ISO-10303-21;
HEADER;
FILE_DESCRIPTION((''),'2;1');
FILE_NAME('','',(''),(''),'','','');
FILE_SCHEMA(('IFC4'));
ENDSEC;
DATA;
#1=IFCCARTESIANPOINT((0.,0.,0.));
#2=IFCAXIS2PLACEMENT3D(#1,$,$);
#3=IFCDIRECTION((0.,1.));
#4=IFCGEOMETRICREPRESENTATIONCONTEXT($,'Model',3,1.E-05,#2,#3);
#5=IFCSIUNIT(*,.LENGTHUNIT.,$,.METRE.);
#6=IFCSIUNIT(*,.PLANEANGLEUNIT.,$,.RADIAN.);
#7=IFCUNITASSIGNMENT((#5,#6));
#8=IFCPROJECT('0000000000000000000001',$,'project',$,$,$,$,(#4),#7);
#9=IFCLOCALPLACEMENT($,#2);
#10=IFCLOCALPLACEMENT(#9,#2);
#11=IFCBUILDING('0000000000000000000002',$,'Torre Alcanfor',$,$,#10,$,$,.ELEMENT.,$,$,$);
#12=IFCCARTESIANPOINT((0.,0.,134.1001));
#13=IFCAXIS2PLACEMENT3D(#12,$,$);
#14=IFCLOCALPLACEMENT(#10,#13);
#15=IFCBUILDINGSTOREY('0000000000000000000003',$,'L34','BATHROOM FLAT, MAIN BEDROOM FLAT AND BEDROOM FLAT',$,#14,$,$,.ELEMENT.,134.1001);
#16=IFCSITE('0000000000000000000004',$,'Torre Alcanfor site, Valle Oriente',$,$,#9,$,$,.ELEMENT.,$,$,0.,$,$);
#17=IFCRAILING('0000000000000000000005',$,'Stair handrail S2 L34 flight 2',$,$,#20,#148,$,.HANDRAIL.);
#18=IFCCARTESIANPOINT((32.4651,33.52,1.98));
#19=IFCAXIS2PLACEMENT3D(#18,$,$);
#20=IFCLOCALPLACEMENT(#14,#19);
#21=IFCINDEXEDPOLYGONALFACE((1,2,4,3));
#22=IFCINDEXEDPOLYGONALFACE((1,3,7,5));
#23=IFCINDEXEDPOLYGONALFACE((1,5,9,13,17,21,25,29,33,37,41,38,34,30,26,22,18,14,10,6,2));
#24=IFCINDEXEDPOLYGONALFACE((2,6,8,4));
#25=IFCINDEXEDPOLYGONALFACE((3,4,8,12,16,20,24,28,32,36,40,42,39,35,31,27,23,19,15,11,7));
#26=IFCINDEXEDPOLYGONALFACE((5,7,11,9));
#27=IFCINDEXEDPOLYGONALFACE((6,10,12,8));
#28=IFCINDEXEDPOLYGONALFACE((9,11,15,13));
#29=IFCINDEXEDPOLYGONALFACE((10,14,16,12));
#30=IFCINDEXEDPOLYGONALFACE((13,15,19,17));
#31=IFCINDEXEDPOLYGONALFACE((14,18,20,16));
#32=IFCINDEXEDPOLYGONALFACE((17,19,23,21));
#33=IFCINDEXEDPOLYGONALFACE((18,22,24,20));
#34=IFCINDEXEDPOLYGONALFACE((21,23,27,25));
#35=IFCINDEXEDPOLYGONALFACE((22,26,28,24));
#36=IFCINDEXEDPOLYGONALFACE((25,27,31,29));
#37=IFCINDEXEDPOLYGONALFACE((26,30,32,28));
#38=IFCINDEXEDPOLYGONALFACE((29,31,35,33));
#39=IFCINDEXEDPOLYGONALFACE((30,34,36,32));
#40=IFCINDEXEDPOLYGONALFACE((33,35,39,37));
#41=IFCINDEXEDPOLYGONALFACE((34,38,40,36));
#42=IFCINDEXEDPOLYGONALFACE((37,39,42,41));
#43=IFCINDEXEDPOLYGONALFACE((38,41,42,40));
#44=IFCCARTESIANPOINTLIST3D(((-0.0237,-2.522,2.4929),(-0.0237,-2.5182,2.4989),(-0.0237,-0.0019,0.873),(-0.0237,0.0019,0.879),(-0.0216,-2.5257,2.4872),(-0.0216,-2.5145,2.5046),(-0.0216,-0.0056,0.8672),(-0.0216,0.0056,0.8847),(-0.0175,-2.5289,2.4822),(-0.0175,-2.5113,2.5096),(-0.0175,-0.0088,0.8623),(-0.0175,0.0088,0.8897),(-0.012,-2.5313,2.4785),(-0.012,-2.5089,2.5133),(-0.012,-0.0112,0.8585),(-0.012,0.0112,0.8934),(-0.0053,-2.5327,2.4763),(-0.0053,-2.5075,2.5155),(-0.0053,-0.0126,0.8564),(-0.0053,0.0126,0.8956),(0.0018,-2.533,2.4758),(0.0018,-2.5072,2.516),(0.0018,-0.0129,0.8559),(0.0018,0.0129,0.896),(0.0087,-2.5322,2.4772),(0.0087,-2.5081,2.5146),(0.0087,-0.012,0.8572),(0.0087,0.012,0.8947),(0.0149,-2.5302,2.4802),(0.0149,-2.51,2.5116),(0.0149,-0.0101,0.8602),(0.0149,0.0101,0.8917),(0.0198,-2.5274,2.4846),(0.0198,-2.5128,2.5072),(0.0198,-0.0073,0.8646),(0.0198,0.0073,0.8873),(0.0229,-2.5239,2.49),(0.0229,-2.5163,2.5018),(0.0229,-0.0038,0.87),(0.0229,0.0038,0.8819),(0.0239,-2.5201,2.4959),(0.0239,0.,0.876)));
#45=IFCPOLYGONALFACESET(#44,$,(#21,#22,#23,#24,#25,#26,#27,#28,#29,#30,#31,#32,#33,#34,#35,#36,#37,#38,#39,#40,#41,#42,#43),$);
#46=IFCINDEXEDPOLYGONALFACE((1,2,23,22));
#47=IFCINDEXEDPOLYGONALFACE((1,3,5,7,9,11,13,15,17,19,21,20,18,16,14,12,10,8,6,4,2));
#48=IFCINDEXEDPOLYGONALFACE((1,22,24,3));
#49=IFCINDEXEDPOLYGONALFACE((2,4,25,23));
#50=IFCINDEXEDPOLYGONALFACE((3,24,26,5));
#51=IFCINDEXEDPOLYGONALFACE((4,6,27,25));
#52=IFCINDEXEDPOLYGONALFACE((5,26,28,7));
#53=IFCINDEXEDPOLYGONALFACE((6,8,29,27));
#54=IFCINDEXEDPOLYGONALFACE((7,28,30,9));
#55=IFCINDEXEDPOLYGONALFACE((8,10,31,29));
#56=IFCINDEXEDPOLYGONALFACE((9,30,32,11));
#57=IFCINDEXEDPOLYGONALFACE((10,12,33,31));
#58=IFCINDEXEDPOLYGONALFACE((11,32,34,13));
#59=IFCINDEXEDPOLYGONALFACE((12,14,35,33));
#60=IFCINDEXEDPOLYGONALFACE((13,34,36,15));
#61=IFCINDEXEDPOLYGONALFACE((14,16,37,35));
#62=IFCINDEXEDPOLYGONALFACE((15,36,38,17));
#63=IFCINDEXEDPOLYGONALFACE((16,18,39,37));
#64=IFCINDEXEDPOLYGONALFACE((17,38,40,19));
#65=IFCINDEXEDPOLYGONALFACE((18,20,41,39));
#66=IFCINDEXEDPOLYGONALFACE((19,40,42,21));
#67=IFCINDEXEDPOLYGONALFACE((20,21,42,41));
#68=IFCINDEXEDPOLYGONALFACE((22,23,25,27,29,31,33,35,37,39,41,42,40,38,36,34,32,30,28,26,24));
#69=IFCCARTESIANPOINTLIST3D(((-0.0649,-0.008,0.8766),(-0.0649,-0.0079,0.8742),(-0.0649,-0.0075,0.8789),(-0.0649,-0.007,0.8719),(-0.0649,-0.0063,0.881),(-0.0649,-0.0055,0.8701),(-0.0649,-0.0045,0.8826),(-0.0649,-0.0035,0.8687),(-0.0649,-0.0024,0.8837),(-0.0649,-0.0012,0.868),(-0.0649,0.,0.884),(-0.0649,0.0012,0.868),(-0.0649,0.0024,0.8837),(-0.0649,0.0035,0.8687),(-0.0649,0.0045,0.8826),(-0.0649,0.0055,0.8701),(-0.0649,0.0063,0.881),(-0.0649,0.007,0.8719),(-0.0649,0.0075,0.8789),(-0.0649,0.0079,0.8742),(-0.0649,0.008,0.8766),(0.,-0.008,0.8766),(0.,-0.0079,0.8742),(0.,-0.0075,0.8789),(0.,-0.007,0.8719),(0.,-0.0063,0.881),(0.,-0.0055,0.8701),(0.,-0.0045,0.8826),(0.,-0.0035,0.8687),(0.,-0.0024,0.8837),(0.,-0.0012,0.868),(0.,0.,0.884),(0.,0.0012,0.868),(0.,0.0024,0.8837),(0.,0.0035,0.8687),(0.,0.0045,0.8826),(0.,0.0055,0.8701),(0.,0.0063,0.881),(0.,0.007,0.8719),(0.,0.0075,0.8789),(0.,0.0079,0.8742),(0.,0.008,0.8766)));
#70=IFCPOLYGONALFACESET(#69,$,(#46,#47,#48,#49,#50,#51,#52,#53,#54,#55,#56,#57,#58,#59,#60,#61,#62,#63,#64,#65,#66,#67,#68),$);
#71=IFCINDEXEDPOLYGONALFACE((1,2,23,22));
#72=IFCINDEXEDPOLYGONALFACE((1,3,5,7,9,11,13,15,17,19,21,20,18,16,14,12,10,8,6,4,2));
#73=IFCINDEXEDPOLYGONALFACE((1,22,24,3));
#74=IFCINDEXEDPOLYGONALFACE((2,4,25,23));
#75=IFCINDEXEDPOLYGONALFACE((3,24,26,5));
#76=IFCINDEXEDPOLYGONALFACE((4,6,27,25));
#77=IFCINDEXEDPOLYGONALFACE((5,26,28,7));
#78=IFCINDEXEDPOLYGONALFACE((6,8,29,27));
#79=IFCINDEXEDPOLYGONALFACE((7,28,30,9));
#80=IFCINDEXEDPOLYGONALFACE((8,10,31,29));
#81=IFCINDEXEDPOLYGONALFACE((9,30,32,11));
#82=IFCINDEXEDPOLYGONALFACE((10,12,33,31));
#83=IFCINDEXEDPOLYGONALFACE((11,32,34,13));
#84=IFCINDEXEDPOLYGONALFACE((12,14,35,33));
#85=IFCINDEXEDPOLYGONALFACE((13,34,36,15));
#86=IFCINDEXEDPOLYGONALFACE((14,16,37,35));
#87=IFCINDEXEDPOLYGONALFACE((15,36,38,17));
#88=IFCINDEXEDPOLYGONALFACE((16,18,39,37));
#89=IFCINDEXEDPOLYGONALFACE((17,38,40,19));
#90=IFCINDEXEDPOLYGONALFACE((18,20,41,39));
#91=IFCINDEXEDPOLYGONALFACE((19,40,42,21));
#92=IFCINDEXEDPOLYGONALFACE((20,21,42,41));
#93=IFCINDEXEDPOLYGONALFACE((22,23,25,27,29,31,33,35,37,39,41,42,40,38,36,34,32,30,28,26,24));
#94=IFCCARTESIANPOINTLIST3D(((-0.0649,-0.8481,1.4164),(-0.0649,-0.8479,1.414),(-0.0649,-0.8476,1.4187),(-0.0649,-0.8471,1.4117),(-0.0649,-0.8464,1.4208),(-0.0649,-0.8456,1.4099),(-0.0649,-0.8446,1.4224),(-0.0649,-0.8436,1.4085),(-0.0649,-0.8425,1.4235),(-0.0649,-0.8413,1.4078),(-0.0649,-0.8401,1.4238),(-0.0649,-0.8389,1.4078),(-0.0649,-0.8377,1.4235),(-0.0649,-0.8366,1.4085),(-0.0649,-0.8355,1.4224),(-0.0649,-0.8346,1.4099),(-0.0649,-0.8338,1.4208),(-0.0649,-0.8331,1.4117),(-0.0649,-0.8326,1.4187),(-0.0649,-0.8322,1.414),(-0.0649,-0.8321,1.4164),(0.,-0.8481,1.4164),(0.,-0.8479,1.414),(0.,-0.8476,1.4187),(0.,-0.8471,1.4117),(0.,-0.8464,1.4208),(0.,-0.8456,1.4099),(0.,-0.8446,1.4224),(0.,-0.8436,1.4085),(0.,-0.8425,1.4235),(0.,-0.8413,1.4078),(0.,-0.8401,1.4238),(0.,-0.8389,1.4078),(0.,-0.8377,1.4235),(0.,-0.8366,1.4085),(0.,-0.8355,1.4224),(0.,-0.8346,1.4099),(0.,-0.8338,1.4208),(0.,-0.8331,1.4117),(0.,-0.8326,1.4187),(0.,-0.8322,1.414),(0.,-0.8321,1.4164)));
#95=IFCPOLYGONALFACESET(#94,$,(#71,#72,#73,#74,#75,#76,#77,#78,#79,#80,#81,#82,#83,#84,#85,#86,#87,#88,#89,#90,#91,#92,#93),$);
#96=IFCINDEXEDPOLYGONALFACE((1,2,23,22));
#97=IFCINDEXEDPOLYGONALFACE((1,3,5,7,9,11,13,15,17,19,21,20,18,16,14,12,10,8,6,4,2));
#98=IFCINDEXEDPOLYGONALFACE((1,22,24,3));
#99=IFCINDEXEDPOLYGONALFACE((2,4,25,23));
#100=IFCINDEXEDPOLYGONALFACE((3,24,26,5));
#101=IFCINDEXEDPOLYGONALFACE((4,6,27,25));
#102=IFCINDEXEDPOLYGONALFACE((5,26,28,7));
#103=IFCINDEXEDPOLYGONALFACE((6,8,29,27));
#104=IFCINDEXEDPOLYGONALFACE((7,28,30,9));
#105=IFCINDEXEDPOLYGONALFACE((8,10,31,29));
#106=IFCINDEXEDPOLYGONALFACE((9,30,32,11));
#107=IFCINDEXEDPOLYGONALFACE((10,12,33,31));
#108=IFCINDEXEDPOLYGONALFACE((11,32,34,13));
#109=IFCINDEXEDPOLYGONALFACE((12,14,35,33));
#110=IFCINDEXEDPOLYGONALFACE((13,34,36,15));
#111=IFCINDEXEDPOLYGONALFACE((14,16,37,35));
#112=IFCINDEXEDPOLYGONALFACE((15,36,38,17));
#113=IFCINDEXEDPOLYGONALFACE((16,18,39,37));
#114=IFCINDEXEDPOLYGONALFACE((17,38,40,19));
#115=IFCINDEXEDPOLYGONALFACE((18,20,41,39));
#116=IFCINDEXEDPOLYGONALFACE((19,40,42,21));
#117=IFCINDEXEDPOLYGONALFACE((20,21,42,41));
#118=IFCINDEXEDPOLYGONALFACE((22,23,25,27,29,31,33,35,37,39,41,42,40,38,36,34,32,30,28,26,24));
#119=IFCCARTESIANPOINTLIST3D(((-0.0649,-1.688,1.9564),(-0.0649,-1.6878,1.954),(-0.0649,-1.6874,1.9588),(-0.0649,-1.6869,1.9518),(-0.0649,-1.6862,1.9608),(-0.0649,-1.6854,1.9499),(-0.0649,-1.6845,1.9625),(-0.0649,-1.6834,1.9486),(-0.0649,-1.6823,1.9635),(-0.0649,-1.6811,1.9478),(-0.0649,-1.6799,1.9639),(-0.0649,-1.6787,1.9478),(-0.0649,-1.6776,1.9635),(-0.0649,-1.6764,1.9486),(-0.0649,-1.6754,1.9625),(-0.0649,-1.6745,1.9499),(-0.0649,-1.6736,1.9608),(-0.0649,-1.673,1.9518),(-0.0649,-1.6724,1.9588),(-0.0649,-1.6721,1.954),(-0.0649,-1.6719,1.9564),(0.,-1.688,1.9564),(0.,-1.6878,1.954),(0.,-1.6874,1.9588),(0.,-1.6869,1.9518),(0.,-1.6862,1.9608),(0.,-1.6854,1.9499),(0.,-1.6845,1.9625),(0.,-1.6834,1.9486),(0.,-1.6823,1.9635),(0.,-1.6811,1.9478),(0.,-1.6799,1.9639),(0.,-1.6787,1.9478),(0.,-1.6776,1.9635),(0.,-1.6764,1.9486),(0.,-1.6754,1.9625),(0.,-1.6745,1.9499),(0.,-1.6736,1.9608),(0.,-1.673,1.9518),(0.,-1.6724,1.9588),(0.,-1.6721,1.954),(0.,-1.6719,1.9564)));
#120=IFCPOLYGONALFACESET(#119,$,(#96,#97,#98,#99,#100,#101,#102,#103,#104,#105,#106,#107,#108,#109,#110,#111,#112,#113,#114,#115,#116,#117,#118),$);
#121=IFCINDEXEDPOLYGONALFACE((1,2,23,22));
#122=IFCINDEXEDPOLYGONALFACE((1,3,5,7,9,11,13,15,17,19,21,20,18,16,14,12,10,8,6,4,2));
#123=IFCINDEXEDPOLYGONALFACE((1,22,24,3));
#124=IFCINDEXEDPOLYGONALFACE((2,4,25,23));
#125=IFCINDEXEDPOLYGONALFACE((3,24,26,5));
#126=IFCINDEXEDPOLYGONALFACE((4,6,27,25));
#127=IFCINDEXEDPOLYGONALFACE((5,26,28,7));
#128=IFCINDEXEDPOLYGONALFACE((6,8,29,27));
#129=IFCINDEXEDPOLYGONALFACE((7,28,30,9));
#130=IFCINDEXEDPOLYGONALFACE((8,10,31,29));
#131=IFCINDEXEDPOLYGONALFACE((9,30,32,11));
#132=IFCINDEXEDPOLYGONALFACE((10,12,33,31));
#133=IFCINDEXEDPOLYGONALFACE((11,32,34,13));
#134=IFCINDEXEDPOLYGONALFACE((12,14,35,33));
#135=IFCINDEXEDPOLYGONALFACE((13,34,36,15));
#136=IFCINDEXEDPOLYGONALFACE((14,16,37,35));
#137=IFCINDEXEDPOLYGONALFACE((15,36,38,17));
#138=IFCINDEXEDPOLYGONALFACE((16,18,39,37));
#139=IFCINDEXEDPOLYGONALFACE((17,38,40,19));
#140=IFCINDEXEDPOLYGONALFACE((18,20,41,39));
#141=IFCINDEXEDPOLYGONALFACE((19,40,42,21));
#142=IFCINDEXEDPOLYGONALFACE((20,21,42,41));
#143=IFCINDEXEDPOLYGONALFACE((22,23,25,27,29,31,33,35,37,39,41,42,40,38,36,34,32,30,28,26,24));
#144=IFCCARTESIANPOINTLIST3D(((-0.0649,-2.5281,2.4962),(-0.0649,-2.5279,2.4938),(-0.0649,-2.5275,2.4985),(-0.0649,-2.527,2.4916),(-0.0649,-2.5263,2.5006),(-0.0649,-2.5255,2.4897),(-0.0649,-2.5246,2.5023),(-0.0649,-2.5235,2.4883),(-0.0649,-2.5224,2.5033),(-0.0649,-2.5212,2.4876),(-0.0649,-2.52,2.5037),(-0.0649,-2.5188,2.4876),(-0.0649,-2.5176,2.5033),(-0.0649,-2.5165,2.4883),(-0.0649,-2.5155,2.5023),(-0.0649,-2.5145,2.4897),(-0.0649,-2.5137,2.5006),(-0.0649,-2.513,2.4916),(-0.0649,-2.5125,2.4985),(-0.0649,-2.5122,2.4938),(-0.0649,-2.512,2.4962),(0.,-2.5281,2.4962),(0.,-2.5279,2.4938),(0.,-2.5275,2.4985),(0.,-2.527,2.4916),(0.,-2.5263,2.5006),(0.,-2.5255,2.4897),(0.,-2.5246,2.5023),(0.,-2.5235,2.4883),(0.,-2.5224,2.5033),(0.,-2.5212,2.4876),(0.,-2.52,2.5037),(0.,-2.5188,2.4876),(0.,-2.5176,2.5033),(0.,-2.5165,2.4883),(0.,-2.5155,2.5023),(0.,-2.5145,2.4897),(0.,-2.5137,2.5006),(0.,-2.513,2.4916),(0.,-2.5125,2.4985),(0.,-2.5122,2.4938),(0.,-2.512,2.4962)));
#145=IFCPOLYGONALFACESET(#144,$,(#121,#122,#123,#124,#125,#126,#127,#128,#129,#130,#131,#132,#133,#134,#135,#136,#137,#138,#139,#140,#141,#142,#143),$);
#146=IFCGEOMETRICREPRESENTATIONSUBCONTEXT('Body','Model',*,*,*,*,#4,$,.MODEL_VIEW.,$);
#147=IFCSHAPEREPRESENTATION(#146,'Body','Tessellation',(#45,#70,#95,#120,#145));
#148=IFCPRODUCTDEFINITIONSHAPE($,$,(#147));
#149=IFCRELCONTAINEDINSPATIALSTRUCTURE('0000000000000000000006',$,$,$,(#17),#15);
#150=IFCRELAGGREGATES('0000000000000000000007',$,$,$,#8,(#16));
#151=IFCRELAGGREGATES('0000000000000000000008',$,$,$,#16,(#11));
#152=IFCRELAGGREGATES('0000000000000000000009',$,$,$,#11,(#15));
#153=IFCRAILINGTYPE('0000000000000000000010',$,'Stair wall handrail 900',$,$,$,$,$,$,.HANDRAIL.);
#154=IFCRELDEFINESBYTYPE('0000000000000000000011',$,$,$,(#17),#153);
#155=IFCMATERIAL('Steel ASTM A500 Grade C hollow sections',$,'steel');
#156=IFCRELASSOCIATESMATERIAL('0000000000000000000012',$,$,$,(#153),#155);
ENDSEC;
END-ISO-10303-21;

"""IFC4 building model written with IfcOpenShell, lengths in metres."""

from ifc_helpers import new_model, si_unit, direction, frame, origin, origin_2d, place, context, subcontext, project, spatial, circle, extrude, material, type_object, element, save


model = new_model("IFC4")

# Units and contexts
model_context = context("Model", 3, precision=1e-05, world=origin(), true_north=direction((0.0, 1.0)))
body_context = subcontext(model_context, "Body", "Model", "MODEL_VIEW")
ifc_project = project(units=[si_unit("LENGTHUNIT", "METRE"), si_unit("PLANEANGLEUNIT", "RADIAN")], contexts=[model_context])

# Site, building, storey
site_placement = place(None, origin())
site = spatial("IfcSite", under=ifc_project, at=site_placement, Name="Torre Alcanfor site, Valle Oriente", CompositionType="ELEMENT", RefElevation=0.0)
building_placement = place(site_placement, origin())
building = spatial("IfcBuilding", under=site, at=building_placement, Name="Torre Alcanfor", CompositionType="ELEMENT")
storey_placement = place(building_placement, frame((0.0, 0.0, 134.1001)))
storey = spatial("IfcBuildingStorey", under=building, at=storey_placement, Name="L34", Description="BATHROOM FLAT, MAIN BEDROOM FLAT AND BEDROOM FLAT", CompositionType="ELEMENT", Elevation=134.1001)

# Railing
ifc_material_1 = material(Name="Steel ASTM A500 Grade C hollow sections", Category="steel")
railing_type_1 = type_object("IfcRailingType", Name="Stair wall handrail 900", PredefinedType="HANDRAIL", material=ifc_material_1)
railing_1_placement = place(storey_placement, frame((32.4651, 33.52, 1.98)))
element("IfcRailing", 1, at=railing_1_placement, inside=storey, type_object=railing_type_1, Name="Stair handrail S2 L34 flight 2", PredefinedType="HANDRAIL", context=body_context, shape_type="SweptSolid", body=[
    extrude(circle(Radius=0.0239, at=origin_2d()), frame((0.0, 0.0, 0.876), z_axis=(0.0, -0.8412, 0.540725), x_axis=(1.0, 0.0, 0.0)), (0.0, 0.0, 1.0), 2.9958),
    extrude(circle(Radius=0.0081, at=origin_2d()), frame((0.0, 0.0, 0.876), z_axis=(-1.0, 0.0, 0.0), x_axis=(0.0, 0.0, 1.0)), (0.0, 0.0, 1.0), 0.0649),
    extrude(circle(Radius=0.0081, at=origin_2d()), frame((0.0, -0.8401, 1.4158), z_axis=(-1.0, 0.0, 0.0), x_axis=(0.0, 0.0, 1.0)), (0.0, 0.0, 1.0), 0.0649),
    extrude(circle(Radius=0.0081, at=origin_2d()), frame((0.0, -1.6799, 1.9558), z_axis=(-1.0, 0.0, 0.0), x_axis=(0.0, 0.0, 1.0)), (0.0, 0.0, 1.0), 0.0649),
    extrude(circle(Radius=0.0081, at=origin_2d()), frame((0.0, -2.52, 2.4956), z_axis=(-1.0, 0.0, 0.0), x_axis=(0.0, 0.0, 1.0)), (0.0, 0.0, 1.0), 0.0649),
])

save(model, "model.ifc")
